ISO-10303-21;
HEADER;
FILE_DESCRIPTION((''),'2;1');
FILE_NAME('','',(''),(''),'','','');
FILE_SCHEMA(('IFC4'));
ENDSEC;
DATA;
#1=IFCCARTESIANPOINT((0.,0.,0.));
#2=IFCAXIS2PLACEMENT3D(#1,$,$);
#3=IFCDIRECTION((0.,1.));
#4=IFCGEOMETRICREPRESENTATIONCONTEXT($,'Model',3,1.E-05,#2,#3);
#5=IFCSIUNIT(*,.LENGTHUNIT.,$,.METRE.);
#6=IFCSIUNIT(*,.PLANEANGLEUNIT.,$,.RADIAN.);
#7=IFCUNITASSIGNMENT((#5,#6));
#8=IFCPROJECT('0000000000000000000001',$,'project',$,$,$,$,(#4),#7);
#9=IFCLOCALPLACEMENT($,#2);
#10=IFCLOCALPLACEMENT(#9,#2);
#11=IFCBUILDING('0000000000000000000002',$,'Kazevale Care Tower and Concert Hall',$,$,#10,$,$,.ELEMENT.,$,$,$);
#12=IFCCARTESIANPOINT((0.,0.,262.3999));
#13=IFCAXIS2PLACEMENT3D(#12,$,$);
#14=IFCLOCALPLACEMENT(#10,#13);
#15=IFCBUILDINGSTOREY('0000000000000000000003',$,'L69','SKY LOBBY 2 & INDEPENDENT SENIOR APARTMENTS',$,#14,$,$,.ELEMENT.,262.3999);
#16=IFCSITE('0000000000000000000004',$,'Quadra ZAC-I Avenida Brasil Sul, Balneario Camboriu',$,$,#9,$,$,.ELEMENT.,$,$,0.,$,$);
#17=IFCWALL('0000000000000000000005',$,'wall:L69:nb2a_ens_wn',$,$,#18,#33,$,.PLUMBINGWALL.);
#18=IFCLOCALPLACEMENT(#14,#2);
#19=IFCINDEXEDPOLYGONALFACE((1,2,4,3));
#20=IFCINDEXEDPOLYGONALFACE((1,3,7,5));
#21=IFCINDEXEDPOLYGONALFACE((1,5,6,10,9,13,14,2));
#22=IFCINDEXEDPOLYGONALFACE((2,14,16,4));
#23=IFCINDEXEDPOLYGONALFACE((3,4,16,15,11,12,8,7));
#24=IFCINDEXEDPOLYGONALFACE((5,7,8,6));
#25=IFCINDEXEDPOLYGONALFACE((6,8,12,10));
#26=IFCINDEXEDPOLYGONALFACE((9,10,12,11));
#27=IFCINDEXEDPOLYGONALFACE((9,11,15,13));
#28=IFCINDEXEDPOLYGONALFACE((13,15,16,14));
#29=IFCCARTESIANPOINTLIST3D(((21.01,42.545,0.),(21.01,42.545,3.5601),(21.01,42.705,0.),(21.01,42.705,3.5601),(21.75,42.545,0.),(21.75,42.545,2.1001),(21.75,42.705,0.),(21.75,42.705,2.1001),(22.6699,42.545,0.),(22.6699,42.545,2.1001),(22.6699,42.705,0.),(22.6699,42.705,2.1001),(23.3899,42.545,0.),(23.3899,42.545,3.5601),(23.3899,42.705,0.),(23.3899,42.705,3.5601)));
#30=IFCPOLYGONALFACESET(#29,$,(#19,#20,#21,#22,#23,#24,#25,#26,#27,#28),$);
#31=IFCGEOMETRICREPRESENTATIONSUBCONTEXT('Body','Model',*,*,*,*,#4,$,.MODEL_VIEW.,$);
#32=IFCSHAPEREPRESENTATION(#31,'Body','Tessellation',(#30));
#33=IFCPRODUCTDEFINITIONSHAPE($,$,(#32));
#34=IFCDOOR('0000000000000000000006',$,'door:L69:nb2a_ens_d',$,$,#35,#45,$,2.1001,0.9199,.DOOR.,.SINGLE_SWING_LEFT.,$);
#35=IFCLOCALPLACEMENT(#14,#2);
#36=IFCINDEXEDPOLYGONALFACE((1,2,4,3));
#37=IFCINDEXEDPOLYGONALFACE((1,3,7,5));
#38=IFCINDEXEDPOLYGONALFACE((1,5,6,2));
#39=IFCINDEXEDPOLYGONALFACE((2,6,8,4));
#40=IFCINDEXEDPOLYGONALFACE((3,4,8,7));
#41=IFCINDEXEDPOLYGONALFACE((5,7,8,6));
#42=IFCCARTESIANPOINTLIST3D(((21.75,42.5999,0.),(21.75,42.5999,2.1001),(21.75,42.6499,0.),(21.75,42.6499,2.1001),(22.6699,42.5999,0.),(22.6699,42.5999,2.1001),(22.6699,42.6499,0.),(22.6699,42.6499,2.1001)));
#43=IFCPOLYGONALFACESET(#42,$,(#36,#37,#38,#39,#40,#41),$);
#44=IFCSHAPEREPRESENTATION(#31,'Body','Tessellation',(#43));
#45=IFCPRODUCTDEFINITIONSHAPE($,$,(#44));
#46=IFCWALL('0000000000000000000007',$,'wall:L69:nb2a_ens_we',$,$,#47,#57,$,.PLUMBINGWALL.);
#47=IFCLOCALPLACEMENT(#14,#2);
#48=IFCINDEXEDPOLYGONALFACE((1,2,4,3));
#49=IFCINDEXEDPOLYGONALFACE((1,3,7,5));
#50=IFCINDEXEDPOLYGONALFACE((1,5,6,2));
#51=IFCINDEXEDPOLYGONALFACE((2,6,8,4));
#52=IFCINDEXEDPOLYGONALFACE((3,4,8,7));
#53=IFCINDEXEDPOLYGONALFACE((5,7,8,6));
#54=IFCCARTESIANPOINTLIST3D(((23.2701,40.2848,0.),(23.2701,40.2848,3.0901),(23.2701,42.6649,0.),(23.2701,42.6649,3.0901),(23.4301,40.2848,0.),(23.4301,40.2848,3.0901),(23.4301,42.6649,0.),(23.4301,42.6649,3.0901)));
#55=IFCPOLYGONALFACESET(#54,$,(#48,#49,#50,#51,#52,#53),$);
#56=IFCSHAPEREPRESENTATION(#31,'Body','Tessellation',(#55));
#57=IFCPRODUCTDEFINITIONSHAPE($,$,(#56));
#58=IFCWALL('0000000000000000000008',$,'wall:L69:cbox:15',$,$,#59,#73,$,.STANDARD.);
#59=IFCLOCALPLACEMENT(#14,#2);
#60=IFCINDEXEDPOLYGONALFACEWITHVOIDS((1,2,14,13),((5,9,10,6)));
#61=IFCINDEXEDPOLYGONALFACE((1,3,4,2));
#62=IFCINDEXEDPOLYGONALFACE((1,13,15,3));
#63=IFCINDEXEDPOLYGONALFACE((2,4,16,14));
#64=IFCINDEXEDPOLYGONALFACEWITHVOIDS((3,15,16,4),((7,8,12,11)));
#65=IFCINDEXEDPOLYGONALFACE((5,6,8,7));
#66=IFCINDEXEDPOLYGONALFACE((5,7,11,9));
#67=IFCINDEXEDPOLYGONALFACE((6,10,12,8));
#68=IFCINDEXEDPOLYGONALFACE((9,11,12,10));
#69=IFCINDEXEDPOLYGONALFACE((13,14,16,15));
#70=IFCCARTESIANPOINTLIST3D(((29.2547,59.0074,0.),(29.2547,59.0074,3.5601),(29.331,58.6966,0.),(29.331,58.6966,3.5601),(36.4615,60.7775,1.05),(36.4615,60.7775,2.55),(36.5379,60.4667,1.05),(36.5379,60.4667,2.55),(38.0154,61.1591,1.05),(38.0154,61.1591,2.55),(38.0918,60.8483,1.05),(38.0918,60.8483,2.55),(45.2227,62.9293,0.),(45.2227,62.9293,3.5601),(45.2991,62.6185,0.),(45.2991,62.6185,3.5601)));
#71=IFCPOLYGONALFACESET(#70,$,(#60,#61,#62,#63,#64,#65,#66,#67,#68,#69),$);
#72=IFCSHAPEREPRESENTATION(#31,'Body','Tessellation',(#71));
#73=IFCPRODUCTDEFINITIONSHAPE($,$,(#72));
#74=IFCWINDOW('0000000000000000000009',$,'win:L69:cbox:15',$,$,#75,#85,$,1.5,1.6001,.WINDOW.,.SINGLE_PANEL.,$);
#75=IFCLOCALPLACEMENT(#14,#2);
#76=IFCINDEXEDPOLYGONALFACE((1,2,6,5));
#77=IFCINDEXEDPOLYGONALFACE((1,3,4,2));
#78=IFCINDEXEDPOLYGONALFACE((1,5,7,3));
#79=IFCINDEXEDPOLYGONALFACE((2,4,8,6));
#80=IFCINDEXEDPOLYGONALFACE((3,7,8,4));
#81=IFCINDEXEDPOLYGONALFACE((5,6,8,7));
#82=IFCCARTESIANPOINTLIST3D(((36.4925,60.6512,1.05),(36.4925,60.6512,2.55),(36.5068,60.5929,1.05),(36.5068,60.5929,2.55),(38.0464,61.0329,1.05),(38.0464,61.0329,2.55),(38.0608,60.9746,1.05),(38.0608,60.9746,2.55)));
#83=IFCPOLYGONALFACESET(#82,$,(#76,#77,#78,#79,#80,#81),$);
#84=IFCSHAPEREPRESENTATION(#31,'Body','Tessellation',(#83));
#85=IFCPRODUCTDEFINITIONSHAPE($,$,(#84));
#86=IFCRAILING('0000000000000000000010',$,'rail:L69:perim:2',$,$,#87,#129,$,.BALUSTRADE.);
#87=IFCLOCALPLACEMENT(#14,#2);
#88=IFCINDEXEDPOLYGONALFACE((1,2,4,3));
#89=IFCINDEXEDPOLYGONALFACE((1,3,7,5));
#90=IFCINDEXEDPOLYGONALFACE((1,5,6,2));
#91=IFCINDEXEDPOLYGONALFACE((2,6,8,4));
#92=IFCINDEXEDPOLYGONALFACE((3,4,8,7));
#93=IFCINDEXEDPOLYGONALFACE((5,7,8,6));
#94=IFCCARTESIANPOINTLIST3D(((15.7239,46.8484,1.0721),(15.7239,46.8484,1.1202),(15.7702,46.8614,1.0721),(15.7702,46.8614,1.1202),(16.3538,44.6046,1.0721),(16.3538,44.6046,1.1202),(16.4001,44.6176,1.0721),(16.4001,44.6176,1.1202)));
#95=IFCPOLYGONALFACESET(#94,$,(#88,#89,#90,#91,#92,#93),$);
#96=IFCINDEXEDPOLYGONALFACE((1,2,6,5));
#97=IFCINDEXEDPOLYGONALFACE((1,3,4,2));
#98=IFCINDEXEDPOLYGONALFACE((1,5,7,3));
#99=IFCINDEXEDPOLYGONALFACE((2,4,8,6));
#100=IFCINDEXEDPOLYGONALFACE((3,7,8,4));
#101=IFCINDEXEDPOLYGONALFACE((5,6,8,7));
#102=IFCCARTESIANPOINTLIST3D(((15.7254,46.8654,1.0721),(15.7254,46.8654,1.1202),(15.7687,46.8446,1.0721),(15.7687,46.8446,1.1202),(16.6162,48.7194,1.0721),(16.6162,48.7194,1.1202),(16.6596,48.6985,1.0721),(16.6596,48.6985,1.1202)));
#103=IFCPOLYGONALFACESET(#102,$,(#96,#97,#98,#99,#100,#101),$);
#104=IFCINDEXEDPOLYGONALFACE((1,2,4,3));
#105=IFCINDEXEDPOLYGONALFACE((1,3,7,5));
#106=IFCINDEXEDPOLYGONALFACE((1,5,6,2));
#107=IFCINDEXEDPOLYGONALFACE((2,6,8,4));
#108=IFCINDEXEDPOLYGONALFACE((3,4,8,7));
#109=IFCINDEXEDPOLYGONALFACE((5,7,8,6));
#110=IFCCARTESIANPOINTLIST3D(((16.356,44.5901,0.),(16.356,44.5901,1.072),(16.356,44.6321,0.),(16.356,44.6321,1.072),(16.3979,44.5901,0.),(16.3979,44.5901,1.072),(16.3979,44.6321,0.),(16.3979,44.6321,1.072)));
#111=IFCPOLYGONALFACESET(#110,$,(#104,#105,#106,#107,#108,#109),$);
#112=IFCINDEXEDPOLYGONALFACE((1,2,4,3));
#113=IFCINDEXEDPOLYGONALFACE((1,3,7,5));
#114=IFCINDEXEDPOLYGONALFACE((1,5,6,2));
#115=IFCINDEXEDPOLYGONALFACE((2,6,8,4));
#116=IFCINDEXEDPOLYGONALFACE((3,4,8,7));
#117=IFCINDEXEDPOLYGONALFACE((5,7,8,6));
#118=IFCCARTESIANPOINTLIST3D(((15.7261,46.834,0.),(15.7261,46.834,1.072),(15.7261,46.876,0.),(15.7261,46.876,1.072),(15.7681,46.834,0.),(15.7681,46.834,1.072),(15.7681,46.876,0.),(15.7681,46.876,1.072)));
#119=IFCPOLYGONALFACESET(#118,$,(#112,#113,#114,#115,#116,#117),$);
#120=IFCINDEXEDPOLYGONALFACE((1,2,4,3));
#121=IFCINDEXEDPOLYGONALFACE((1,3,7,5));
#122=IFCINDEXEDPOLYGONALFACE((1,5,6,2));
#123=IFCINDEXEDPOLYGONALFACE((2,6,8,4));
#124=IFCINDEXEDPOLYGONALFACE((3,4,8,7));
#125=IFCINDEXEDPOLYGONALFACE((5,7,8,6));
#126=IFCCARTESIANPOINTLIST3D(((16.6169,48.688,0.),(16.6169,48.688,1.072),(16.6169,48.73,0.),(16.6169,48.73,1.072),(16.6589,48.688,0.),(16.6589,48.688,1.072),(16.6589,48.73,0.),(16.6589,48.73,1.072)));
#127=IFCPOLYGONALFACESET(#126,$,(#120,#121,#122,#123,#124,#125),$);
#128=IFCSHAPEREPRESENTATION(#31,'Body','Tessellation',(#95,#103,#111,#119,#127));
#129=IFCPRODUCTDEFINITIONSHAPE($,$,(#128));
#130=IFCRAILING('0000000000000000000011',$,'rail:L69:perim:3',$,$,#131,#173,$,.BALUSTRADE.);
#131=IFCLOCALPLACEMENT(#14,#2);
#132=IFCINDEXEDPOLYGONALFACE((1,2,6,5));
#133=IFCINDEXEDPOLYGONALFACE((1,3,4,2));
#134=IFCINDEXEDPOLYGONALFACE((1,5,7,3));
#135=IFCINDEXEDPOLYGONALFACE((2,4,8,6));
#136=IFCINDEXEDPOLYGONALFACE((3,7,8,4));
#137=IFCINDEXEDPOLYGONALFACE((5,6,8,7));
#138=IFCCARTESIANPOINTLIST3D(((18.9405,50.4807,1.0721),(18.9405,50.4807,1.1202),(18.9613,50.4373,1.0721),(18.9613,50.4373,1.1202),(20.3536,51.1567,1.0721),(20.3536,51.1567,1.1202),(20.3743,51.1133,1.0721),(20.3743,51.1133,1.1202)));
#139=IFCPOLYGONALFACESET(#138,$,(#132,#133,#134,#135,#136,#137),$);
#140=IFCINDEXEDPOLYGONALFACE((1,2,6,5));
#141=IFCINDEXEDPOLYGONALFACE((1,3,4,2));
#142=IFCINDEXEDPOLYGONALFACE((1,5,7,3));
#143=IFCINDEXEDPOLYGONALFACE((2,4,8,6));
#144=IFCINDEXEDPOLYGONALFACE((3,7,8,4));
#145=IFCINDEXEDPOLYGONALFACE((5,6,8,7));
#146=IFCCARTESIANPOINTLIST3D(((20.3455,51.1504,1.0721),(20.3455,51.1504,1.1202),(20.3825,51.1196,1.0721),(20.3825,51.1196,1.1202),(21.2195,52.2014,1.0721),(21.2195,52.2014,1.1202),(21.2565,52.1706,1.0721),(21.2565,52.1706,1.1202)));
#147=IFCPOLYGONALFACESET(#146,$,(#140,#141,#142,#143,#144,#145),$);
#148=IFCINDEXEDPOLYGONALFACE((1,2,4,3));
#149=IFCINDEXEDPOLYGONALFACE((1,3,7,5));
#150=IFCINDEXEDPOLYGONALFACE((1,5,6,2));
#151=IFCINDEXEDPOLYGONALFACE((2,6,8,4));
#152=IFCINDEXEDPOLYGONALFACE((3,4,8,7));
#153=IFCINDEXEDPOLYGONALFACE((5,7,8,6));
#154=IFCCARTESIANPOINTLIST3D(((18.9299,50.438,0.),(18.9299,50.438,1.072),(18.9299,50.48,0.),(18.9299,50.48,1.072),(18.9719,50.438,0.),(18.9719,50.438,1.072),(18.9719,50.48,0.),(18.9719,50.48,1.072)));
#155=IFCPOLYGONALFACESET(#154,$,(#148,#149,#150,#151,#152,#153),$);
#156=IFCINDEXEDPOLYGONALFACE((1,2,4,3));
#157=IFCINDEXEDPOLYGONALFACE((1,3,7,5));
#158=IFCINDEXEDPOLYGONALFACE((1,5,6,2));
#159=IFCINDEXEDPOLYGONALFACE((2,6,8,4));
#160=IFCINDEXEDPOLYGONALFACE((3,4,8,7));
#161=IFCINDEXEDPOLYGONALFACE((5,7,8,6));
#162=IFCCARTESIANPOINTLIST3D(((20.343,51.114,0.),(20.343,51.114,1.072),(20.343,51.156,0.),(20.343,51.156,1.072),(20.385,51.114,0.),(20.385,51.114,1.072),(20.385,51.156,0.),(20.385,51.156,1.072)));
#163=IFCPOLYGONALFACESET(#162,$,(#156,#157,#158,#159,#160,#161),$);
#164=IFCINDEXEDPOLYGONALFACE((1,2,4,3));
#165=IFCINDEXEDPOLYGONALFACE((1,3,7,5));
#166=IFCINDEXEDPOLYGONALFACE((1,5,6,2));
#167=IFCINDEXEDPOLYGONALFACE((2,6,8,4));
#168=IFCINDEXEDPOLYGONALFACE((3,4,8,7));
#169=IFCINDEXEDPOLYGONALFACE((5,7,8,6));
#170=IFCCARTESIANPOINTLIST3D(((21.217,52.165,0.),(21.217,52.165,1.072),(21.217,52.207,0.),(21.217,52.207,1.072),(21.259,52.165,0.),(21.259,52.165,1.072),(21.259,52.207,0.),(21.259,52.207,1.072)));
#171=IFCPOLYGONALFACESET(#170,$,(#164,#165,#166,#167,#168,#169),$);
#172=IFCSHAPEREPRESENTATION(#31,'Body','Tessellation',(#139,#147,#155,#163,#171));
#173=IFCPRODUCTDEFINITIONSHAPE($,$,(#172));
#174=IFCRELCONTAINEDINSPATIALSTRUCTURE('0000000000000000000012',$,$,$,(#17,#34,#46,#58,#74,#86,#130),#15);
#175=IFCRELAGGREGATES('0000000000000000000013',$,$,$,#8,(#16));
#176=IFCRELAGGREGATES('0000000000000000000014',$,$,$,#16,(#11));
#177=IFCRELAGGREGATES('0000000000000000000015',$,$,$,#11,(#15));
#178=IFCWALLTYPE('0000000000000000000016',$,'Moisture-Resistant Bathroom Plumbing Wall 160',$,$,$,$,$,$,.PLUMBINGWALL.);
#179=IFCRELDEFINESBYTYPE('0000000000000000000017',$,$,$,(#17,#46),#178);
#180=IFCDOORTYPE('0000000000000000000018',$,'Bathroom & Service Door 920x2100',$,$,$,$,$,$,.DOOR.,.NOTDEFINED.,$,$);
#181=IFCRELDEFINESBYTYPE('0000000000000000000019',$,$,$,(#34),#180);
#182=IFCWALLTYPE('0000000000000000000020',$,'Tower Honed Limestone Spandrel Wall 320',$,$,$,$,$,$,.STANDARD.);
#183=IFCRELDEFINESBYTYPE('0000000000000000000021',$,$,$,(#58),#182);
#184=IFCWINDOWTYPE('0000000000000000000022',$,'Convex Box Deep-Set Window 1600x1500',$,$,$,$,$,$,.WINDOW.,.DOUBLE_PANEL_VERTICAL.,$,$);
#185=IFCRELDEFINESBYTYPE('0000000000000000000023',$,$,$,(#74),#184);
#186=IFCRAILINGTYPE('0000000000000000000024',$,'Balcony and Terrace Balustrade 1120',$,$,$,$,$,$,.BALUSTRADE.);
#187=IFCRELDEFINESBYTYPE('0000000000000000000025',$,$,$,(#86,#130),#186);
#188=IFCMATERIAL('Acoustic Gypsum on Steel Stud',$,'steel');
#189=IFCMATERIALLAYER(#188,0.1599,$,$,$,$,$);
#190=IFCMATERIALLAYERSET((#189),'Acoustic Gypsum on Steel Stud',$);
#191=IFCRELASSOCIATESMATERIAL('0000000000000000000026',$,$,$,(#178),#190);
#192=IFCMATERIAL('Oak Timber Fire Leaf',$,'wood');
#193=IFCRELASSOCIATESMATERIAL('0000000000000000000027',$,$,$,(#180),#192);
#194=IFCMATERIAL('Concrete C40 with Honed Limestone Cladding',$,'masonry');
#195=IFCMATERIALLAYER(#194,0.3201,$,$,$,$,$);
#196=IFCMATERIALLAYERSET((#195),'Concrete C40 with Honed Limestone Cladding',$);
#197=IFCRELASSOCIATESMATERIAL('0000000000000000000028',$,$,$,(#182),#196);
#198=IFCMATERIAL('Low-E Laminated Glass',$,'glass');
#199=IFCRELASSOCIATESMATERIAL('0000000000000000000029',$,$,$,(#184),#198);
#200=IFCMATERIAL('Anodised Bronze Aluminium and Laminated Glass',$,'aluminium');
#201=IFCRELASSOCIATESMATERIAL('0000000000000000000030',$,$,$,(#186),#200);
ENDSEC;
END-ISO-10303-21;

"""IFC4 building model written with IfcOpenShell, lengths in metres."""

from ifc_helpers import new_model, si_unit, direction, frame, frame_2d, origin, origin_2d, place, context, subcontext, project, spatial, rectangle, extrude, material, layer, layer_set, type_object, element, fill, save


model = new_model("IFC4")

# Units and contexts
model_context = context("Model", 3, precision=1e-05, world=origin(), true_north=direction((0.0, 1.0)))
body_context = subcontext(model_context, "Body", "Model", "MODEL_VIEW")
ifc_project = project(units=[si_unit("LENGTHUNIT", "METRE"), si_unit("PLANEANGLEUNIT", "RADIAN")], contexts=[model_context])

# Site, building, storey
site_placement = place(None, origin())
site = spatial("IfcSite", under=ifc_project, at=site_placement, Name="Quadra ZAC-I Avenida Brasil Sul, Balneario Camboriu", CompositionType="ELEMENT", RefElevation=0.0)
building_placement = place(site_placement, origin())
building = spatial("IfcBuilding", under=site, at=building_placement, Name="Kazevale Care Tower and Concert Hall", CompositionType="ELEMENT")
storey_placement = place(building_placement, frame((0.0, 0.0, 262.3999)))
storey = spatial("IfcBuildingStorey", under=building, at=storey_placement, Name="L69", Description="SKY LOBBY 2 & INDEPENDENT SENIOR APARTMENTS", CompositionType="ELEMENT", Elevation=262.3999)

# Shared definitions
ifc_material_1 = material(Name="Low-E Laminated Glass", Category="glass")

# Shared definitions
ifc_material_2 = material(Name="Acoustic Gypsum on Steel Stud", Category="steel")
ifc_layer_1 = layer(ifc_material_2, 0.1599)
ifc_layer_set_1 = layer_set([ifc_layer_1], Name="Acoustic Gypsum on Steel Stud")
wall_type_1 = type_object("IfcWallType", Name="Moisture-Resistant Bathroom Plumbing Wall 160", PredefinedType="PLUMBINGWALL", material=ifc_layer_set_1)

# Shared definitions
ifc_material_3 = material(Name="Oak Timber Fire Leaf", Category="wood")
door_type = type_object("IfcDoorType", Name="Bathroom & Service Door 920x2100", OperationType="NOTDEFINED", PredefinedType="DOOR", material=ifc_material_3)

# Wall, opening, door
wall_1_placement = place(storey_placement, frame((21.01, 42.625, 0.0), z_axis=(0.0, 0.0, 1.0), x_axis=(1.0, 0.0, 0.0)))
wall_1 = element("IfcWall", 1, at=wall_1_placement, inside=storey, type_object=wall_type_1, Name="wall:L69:nb2a_ens_wn", PredefinedType="PLUMBINGWALL", context=body_context, shape_type="SweptSolid", body=[
    extrude(rectangle(XDim=2.3799, YDim=0.1599, at=frame_2d((1.1899, 0.0))), origin(), (0.0, 0.0, 1.0), 3.5601),
])
opening_1_placement = place(wall_1_placement, frame((0.74, 0.0, 0.0)))
opening_1 = element("IfcOpeningElement", 2, at=opening_1_placement, cuts=wall_1, PredefinedType="OPENING", context=body_context, shape_type="SweptSolid", body=[
    extrude(rectangle(XDim=0.9199, YDim=2.1001, at=frame_2d((0.46, 1.05))), frame((0.0, 0.0898, 0.0), z_axis=(0.0, -1.0, 0.0), x_axis=(1.0, 0.0, 0.0)), (0.0, 0.0, 1.0), 0.1799),
])
door_1_placement = place(opening_1_placement, origin())
door_1 = element("IfcDoor", 3, at=door_1_placement, inside=storey, type_object=door_type, Name="door:L69:nb2a_ens_d", OperationType="SINGLE_SWING_LEFT", OverallHeight=2.1001, OverallWidth=0.9199, PredefinedType="DOOR", context=body_context, shape_type="SweptSolid", body=[
    extrude(rectangle(XDim=0.9199, YDim=2.1001, at=frame_2d((0.46, 1.05))), frame((0.0, 0.0249, 0.0), z_axis=(0.0, -1.0, 0.0), x_axis=(1.0, 0.0, 0.0)), (0.0, 0.0, 1.0), 0.05),
])
fill(opening_1, door_1)

# Wall
wall_2_placement = place(storey_placement, frame((23.3501, 40.2849, 0.0), z_axis=(0.0, 0.0, 1.0), x_axis=(0.0, 1.0, 0.0)))
element("IfcWall", 4, at=wall_2_placement, inside=storey, type_object=wall_type_1, Name="wall:L69:nb2a_ens_we", PredefinedType="PLUMBINGWALL", context=body_context, shape_type="SweptSolid", body=[
    extrude(rectangle(XDim=2.3801, YDim=0.1599, at=frame_2d((1.1899, 0.0))), origin(), (0.0, 0.0, 1.0), 3.0901),
])

# Wall, opening, window
ifc_material_4 = material(Name="Concrete C40 with Honed Limestone Cladding", Category="masonry")
ifc_layer_2 = layer(ifc_material_4, 0.3201)
ifc_layer_set_2 = layer_set([ifc_layer_2], Name="Concrete C40 with Honed Limestone Cladding")
wall_type_2 = type_object("IfcWallType", Name="Tower Honed Limestone Spandrel Wall 320", PredefinedType="STANDARD", material=ifc_layer_set_2)
wall_3_placement = place(storey_placement, frame((29.293, 58.8521, 0.0), z_axis=(0.0, 0.0, 1.0), x_axis=(0.971138, 0.238519, 0.0)))
wall_3 = element("IfcWall", 5, at=wall_3_placement, inside=storey, type_object=wall_type_2, Name="wall:L69:cbox:15", PredefinedType="STANDARD", context=body_context, shape_type="SweptSolid", body=[
    extrude(rectangle(XDim=16.4426, YDim=0.3201, at=frame_2d((8.2212, 0.0))), origin(), (0.0, 0.0, 1.0), 3.5601),
])
opening_2_placement = place(wall_3_placement, frame((7.4209, 0.0, 1.05)))
opening_2 = element("IfcOpeningElement", 6, at=opening_2_placement, cuts=wall_3, PredefinedType="OPENING", context=body_context, shape_type="SweptSolid", body=[
    extrude(rectangle(XDim=1.6001, YDim=1.5, at=frame_2d((0.8, 0.75))), frame((0.0, 0.1699, 0.0), z_axis=(0.0, -1.0, 0.0), x_axis=(1.0, 0.0, 0.0)), (0.0, 0.0, 1.0), 0.3401),
])
window_type = type_object("IfcWindowType", Name="Convex Box Deep-Set Window 1600x1500", PartitioningType="DOUBLE_PANEL_VERTICAL", PredefinedType="WINDOW", material=ifc_material_1)
window_placement = place(opening_2_placement, origin())
window = element("IfcWindow", 7, at=window_placement, inside=storey, type_object=window_type, Name="win:L69:cbox:15", OverallHeight=1.5, OverallWidth=1.6001, PartitioningType="SINGLE_PANEL", PredefinedType="WINDOW", context=body_context, shape_type="SweptSolid", body=[
    extrude(rectangle(XDim=1.6001, YDim=1.5, at=frame_2d((0.8, 0.75))), frame((0.0, 0.03, 0.0), z_axis=(0.0, -1.0, 0.0), x_axis=(1.0, 0.0, 0.0)), (0.0, 0.0, 1.0), 0.0601),
])
fill(opening_2, window)

# Railings
ifc_material_5 = material(Name="Anodised Bronze Aluminium and Laminated Glass", Category="aluminium")
railing_type = type_object("IfcRailingType", Name="Balcony and Terrace Balustrade 1120", PredefinedType="BALUSTRADE", material=ifc_material_5)
railing_1_placement = place(storey_placement, frame((16.377, 44.6111, 0.0)))
element("IfcRailing", 8, at=railing_1_placement, inside=storey, type_object=railing_type, Name="rail:L69:perim:2", PredefinedType="BALUSTRADE", context=body_context, shape_type="SweptSolid", body=[
    extrude(rectangle(XDim=0.0481, YDim=0.0481, at=origin_2d()), frame((0.0, 0.0, 1.0962), z_axis=(-0.270263, 0.962786, 0.0), x_axis=(-0.962786, -0.270263, 0.0)), (0.0, 0.0, 1.0), 2.3306),
    extrude(rectangle(XDim=0.0481, YDim=0.0481, at=origin_2d()), frame((-0.6299, 2.2439, 1.0962), z_axis=(0.433105, 0.901343, 0.0), x_axis=(-0.901343, 0.433105, 0.0)), (0.0, 0.0, 1.0), 2.0569),
    extrude(rectangle(XDim=0.042, YDim=0.042, at=origin_2d()), origin(), (0.0, 0.0, 1.0), 1.072),
    extrude(rectangle(XDim=0.042, YDim=0.042, at=origin_2d()), frame((-0.6299, 2.2439, 0.0)), (0.0, 0.0, 1.0), 1.072),
    extrude(rectangle(XDim=0.042, YDim=0.042, at=origin_2d()), frame((0.261, 4.0979, 0.0)), (0.0, 0.0, 1.0), 1.072),
])
railing_2_placement = place(storey_placement, frame((18.9509, 50.459, 0.0)))
element("IfcRailing", 9, at=railing_2_placement, inside=storey, type_object=railing_type, Name="rail:L69:perim:3", PredefinedType="BALUSTRADE", context=body_context, shape_type="SweptSolid", body=[
    extrude(rectangle(XDim=0.0481, YDim=0.0481, at=origin_2d()), frame((0.0, 0.0, 1.0962), z_axis=(0.902084, 0.43156, 0.0), x_axis=(-0.43156, 0.902084, 0.0)), (0.0, 0.0, 1.0), 1.5664),
    extrude(rectangle(XDim=0.0481, YDim=0.0481, at=origin_2d()), frame((1.4131, 0.676, 1.0962), z_axis=(0.639394, 0.76888, 0.0), x_axis=(-0.76888, 0.639394, 0.0)), (0.0, 0.0, 1.0), 1.3669),
    extrude(rectangle(XDim=0.042, YDim=0.042, at=origin_2d()), origin(), (0.0, 0.0, 1.0), 1.072),
    extrude(rectangle(XDim=0.042, YDim=0.042, at=origin_2d()), frame((1.4131, 0.676, 0.0)), (0.0, 0.0, 1.0), 1.072),
    extrude(rectangle(XDim=0.042, YDim=0.042, at=origin_2d()), frame((2.2871, 1.7271, 0.0)), (0.0, 0.0, 1.0), 1.072),
])

save(model, "model.ifc")
